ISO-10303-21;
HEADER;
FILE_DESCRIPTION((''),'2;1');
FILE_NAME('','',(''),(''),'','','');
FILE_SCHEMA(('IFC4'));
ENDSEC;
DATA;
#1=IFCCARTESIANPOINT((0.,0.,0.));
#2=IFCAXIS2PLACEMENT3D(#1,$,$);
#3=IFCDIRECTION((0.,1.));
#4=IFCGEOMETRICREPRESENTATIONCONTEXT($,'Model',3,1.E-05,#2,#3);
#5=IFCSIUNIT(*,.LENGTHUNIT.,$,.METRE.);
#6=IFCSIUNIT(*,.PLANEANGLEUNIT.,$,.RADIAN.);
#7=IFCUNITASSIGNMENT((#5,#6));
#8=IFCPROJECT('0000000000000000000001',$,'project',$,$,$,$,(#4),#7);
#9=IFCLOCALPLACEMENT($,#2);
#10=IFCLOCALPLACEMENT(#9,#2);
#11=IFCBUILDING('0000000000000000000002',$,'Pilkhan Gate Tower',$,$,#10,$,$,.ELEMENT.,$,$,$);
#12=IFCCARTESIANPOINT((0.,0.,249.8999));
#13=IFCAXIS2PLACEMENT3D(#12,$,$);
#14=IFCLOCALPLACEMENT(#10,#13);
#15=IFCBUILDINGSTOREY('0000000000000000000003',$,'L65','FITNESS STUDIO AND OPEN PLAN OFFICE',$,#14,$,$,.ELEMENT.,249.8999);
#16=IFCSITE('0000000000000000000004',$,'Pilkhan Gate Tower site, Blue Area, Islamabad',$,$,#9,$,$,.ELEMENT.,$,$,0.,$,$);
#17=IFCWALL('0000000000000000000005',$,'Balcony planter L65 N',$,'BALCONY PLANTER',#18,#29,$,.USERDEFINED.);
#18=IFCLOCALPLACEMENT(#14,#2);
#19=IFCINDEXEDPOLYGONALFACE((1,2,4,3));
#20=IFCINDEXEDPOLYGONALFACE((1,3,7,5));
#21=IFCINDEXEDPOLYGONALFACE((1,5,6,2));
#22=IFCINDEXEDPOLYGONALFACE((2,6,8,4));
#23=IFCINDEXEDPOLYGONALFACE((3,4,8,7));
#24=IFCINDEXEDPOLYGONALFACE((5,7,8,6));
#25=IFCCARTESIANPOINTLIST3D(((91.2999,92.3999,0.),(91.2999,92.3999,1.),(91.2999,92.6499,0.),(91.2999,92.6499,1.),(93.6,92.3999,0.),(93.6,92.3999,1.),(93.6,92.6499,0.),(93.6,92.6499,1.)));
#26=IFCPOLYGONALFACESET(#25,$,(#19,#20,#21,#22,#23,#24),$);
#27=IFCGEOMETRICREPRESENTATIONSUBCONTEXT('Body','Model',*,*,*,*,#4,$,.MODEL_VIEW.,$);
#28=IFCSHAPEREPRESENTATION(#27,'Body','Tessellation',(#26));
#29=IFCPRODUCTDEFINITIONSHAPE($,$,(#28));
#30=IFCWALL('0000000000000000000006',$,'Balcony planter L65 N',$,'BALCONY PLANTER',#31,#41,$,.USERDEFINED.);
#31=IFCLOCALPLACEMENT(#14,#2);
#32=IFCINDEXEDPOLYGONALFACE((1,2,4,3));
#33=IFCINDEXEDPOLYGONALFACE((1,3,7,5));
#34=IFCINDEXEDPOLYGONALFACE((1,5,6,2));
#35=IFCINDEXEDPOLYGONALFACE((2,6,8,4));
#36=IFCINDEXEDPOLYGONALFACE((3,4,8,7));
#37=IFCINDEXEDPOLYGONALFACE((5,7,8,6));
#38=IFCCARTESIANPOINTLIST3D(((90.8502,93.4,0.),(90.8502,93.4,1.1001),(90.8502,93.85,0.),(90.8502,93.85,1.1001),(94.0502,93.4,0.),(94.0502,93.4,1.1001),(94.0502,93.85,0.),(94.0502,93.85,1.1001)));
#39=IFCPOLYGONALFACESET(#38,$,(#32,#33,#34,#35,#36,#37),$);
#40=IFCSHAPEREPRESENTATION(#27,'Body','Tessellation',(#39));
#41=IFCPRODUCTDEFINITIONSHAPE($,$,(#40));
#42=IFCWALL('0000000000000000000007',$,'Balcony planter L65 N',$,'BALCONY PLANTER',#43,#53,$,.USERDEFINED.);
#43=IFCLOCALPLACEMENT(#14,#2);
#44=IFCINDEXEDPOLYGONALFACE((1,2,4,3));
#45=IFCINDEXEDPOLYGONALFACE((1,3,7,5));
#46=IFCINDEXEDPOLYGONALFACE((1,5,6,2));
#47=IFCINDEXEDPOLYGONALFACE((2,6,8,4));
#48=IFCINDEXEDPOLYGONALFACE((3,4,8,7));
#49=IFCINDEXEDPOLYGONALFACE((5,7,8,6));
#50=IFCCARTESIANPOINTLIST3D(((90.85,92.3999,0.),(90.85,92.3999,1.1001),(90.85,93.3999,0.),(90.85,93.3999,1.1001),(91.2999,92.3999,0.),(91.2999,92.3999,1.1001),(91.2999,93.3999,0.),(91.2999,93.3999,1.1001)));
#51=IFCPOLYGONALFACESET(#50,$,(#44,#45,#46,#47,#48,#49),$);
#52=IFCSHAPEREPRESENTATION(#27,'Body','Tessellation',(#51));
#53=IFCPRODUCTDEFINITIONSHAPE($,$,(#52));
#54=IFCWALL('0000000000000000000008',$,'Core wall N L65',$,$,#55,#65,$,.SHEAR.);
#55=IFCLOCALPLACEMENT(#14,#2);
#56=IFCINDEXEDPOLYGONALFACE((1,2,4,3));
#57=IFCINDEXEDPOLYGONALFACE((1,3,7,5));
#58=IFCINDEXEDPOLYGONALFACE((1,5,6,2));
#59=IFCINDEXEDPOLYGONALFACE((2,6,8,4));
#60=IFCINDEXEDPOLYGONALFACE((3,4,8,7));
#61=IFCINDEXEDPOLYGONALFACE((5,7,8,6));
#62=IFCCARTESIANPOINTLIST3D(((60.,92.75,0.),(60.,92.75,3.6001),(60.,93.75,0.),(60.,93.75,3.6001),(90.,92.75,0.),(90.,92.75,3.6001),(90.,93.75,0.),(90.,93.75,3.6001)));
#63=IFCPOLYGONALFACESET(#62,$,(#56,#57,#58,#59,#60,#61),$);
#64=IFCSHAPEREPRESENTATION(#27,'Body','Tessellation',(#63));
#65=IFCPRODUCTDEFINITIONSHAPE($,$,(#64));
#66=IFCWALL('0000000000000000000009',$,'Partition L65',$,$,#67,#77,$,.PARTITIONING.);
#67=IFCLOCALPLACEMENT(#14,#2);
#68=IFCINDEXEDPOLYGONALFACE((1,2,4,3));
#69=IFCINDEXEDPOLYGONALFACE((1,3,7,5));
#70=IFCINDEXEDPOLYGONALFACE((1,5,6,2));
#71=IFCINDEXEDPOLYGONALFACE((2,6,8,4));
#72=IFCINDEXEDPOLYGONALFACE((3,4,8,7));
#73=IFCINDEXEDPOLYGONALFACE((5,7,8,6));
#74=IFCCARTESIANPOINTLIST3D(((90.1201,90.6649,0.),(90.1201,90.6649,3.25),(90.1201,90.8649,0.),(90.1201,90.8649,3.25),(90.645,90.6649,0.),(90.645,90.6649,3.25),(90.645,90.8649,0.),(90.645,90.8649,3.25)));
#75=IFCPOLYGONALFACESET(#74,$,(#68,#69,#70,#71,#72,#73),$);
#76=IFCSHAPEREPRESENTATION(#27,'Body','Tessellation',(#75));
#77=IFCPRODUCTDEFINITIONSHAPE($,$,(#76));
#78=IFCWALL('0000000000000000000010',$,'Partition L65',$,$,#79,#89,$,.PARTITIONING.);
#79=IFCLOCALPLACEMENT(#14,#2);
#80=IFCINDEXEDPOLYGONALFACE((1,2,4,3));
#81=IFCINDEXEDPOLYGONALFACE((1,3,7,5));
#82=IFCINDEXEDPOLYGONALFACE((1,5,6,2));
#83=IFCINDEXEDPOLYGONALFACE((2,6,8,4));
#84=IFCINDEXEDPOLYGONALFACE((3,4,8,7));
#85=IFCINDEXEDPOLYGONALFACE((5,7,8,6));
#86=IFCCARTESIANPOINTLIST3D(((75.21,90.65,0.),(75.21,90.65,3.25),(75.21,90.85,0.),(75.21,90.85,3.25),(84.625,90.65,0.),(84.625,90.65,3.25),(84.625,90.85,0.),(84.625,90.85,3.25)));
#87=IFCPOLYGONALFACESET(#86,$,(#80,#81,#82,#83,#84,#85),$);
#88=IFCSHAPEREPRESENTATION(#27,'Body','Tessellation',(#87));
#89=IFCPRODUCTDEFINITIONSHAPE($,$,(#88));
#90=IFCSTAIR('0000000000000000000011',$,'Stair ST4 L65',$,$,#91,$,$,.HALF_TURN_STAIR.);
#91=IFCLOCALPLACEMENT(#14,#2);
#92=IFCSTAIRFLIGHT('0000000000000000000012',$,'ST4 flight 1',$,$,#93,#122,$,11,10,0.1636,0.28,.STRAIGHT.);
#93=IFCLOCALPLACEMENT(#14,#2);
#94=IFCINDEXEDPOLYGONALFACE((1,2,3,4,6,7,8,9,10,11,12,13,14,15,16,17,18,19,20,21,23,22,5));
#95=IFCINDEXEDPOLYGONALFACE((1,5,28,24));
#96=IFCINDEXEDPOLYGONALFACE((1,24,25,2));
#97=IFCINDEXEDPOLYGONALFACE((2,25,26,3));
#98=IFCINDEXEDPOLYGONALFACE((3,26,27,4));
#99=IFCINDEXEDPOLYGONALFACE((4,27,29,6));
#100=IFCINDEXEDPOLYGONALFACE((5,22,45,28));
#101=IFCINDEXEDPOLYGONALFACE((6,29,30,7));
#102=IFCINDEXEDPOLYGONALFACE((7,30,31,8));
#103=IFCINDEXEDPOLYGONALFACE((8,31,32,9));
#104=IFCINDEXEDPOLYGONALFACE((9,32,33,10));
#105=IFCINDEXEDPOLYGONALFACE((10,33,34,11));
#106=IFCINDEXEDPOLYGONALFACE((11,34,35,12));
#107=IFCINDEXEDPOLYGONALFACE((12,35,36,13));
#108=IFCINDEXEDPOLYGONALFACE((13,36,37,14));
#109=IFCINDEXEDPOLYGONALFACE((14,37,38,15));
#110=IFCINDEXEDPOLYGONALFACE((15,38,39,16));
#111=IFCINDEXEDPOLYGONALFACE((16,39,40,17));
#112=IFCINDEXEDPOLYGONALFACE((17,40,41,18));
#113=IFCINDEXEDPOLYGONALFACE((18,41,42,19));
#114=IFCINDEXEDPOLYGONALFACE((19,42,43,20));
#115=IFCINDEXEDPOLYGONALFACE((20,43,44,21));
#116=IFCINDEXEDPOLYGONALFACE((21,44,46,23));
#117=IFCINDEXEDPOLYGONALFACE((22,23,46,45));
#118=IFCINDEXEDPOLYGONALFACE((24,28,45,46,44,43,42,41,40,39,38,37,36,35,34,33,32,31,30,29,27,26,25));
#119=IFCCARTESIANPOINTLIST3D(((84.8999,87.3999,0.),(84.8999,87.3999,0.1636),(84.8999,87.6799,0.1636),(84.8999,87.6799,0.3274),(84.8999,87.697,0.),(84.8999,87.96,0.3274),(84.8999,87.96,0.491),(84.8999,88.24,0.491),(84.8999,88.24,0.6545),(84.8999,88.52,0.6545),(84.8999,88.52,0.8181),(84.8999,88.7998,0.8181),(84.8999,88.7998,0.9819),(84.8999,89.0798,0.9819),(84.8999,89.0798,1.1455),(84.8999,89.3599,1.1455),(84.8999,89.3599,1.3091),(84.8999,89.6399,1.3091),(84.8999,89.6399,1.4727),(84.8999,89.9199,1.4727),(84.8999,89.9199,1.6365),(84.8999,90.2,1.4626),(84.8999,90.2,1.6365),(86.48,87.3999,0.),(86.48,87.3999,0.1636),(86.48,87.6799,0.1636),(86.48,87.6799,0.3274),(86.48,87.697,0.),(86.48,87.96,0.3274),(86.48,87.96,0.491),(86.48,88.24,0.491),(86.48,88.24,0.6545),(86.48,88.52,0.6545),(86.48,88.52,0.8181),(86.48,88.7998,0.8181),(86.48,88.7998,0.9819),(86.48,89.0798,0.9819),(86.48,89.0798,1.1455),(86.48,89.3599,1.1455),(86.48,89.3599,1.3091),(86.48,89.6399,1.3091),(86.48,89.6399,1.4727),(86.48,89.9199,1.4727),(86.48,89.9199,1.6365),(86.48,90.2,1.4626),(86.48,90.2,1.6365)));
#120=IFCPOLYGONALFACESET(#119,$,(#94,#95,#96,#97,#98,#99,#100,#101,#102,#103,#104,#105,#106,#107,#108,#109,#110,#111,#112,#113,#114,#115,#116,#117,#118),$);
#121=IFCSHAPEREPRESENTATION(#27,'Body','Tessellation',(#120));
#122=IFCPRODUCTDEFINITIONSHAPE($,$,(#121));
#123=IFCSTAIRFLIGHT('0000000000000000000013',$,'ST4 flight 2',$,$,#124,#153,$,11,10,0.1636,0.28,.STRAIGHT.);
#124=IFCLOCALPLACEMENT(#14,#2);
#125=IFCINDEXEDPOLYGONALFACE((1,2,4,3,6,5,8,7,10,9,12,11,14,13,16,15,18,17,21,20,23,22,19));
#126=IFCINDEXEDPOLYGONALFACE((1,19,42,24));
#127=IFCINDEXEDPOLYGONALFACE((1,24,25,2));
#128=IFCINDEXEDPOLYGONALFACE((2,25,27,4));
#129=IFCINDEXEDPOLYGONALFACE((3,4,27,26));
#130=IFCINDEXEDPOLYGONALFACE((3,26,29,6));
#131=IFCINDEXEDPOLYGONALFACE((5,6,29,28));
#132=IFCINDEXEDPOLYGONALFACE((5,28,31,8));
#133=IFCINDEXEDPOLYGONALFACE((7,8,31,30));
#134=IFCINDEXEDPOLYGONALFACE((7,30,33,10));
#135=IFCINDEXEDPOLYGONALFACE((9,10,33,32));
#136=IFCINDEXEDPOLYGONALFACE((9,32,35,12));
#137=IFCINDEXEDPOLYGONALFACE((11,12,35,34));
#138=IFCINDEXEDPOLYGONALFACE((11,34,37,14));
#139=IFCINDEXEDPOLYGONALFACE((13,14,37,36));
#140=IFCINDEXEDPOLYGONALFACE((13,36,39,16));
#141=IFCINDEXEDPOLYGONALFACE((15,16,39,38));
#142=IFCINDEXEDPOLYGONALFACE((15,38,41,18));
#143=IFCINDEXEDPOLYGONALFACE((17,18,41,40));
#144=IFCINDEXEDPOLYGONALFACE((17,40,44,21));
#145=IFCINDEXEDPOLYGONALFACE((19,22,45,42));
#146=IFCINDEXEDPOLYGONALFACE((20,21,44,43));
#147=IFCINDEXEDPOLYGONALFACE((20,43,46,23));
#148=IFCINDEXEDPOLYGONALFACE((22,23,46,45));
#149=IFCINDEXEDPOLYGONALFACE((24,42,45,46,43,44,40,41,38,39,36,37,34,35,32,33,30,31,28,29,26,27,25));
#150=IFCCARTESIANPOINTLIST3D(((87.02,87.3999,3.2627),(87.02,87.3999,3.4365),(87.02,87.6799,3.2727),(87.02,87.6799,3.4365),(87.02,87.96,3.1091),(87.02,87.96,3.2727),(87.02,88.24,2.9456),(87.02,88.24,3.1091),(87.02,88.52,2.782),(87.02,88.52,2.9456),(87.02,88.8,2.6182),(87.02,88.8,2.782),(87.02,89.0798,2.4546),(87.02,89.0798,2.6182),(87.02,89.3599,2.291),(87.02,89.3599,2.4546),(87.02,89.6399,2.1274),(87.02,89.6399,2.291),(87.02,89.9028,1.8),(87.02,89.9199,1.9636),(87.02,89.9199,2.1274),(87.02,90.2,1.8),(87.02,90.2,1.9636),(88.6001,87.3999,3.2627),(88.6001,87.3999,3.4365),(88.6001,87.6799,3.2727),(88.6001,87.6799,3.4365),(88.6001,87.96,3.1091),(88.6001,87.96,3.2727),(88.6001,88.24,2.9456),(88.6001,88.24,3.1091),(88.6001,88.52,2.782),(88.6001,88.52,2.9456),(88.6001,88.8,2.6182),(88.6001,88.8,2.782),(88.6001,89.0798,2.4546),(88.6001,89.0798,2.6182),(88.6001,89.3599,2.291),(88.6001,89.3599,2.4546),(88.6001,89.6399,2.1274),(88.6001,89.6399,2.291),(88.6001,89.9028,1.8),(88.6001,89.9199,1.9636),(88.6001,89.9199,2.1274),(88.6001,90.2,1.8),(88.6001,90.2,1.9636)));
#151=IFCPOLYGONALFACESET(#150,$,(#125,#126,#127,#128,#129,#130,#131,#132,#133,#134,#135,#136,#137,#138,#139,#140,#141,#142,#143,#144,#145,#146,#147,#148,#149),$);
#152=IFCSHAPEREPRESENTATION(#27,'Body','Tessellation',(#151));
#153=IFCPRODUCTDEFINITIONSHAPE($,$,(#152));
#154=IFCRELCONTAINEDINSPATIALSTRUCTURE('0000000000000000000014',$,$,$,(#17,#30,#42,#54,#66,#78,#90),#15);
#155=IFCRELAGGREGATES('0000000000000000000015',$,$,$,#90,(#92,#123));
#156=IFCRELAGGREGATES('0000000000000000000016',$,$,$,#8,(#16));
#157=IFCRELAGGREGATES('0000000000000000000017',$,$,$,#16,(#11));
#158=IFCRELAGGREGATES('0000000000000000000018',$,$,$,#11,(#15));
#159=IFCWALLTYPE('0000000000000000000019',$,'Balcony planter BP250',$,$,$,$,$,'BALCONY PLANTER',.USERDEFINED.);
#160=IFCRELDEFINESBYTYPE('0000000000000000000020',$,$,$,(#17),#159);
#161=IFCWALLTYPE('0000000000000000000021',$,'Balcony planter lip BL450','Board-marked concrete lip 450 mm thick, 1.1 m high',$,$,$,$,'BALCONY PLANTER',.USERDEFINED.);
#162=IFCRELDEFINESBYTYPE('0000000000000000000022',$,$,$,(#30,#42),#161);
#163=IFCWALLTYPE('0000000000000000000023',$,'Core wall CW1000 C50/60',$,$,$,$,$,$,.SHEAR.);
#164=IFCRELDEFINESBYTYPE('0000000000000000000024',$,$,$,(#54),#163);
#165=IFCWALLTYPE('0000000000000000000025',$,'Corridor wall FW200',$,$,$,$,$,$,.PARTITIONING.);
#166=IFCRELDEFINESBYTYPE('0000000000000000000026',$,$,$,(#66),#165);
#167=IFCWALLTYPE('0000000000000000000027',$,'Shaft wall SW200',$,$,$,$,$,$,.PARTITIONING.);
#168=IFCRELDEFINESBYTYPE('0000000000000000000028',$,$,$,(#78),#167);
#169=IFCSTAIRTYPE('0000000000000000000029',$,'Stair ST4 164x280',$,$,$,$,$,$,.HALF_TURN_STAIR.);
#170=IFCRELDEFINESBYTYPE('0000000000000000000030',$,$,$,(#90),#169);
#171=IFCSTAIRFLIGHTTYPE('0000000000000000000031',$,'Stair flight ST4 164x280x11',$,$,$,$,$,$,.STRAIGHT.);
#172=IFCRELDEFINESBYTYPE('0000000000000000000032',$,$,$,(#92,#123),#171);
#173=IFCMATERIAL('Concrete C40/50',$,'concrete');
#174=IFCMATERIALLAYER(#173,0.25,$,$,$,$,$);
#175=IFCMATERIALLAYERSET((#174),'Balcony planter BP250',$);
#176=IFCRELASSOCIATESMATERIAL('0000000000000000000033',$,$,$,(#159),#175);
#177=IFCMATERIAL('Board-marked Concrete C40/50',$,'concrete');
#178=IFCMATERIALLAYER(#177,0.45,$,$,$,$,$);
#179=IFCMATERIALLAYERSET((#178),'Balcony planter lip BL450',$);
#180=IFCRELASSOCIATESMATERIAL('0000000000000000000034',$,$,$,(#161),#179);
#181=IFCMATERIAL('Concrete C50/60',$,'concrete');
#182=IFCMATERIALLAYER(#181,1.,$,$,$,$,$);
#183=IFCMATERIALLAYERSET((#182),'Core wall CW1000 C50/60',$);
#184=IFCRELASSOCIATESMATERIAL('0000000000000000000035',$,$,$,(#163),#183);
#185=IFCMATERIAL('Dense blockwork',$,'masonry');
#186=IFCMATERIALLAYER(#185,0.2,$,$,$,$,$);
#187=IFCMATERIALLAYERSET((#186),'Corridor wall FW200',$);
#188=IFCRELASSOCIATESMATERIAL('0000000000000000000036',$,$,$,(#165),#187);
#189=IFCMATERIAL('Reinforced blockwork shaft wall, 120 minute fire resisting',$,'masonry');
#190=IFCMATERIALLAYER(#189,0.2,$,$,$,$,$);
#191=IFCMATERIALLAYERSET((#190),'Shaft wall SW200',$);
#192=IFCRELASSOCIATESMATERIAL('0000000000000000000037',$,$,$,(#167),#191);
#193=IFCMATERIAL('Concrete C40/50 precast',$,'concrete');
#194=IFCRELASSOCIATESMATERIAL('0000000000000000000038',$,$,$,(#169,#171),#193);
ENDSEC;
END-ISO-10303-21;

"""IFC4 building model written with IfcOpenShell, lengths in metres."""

from ifc_helpers import new_model, si_unit, direction, frame, frame_2d, origin, place, context, subcontext, project, spatial, polyline, rectangle, outline, extrude, material, layer, layer_set, type_object, element, aggregate, save


model = new_model("IFC4")

# Units and contexts
model_context = context("Model", 3, precision=1e-05, world=origin(), true_north=direction((0.0, 1.0)))
body_context = subcontext(model_context, "Body", "Model", "MODEL_VIEW")
ifc_project = project(units=[si_unit("LENGTHUNIT", "METRE"), si_unit("PLANEANGLEUNIT", "RADIAN")], contexts=[model_context])

# Site, building, storey
site_placement = place(None, origin())
site = spatial("IfcSite", under=ifc_project, at=site_placement, Name="Pilkhan Gate Tower site, Blue Area, Islamabad", CompositionType="ELEMENT", RefElevation=0.0)
building_placement = place(site_placement, origin())
building = spatial("IfcBuilding", under=site, at=building_placement, Name="Pilkhan Gate Tower", CompositionType="ELEMENT")
storey_placement = place(building_placement, frame((0.0, 0.0, 249.8999)))
storey = spatial("IfcBuildingStorey", under=building, at=storey_placement, Name="L65", Description="FITNESS STUDIO AND OPEN PLAN OFFICE", CompositionType="ELEMENT", Elevation=249.8999)

# Shared definitions
ifc_material_1 = material(Name="Concrete C50/60", Category="concrete")

# Walls
ifc_material_2 = material(Name="Concrete C40/50", Category="concrete")
ifc_layer_1 = layer(ifc_material_2, 0.25)
ifc_layer_set_1 = layer_set([ifc_layer_1], Name="Balcony planter BP250")
wall_type_1 = type_object("IfcWallType", Name="Balcony planter BP250", ElementType="BALCONY PLANTER", PredefinedType="USERDEFINED", material=ifc_layer_set_1)
wall_1_placement = place(storey_placement, frame((91.3, 92.5249, 0.0), z_axis=(0.0, 0.0, 1.0), x_axis=(1.0, 0.0, 0.0)))
element("IfcWall", 1, at=wall_1_placement, inside=storey, type_object=wall_type_1, Name="Balcony planter L65 N", ObjectType="BALCONY PLANTER", PredefinedType="USERDEFINED", context=body_context, shape_type="SweptSolid", body=[
    extrude(rectangle(XDim=2.3, YDim=0.25, at=frame_2d((1.1499, 0.0))), origin(), (0.0, 0.0, 1.0), 1.0),
])
ifc_material_3 = material(Name="Board-marked Concrete C40/50", Category="concrete")
ifc_layer_2 = layer(ifc_material_3, 0.45)
ifc_layer_set_2 = layer_set([ifc_layer_2], Name="Balcony planter lip BL450")
wall_type_2 = type_object("IfcWallType", Name="Balcony planter lip BL450", Description="Board-marked concrete lip 450 mm thick, 1.1 m high", ElementType="BALCONY PLANTER", PredefinedType="USERDEFINED", material=ifc_layer_set_2)
wall_2_placement = place(storey_placement, frame((90.8501, 93.625, 0.0), z_axis=(0.0, 0.0, 1.0), x_axis=(1.0, 0.0, 0.0)))
element("IfcWall", 2, at=wall_2_placement, inside=storey, type_object=wall_type_2, Name="Balcony planter L65 N", ObjectType="BALCONY PLANTER", PredefinedType="USERDEFINED", context=body_context, shape_type="SweptSolid", body=[
    extrude(rectangle(XDim=3.2, YDim=0.45, at=frame_2d((1.6001, 0.0))), origin(), (0.0, 0.0, 1.0), 1.1001),
])
wall_3_placement = place(storey_placement, frame((91.075, 92.3999, 0.0), z_axis=(0.0, 0.0, 1.0), x_axis=(0.0, 1.0, 0.0)))
element("IfcWall", 3, at=wall_3_placement, inside=storey, type_object=wall_type_2, Name="Balcony planter L65 N", ObjectType="BALCONY PLANTER", PredefinedType="USERDEFINED", context=body_context, shape_type="SweptSolid", body=[
    extrude(rectangle(XDim=1.0, YDim=0.45, at=frame_2d((0.5, 0.0))), origin(), (0.0, 0.0, 1.0), 1.1001),
])
ifc_layer_3 = layer(ifc_material_1, 1.0)
ifc_layer_set_3 = layer_set([ifc_layer_3], Name="Core wall CW1000 C50/60")
wall_type_3 = type_object("IfcWallType", Name="Core wall CW1000 C50/60", PredefinedType="SHEAR", material=ifc_layer_set_3)
wall_4_placement = place(storey_placement, frame((90.0, 93.25, 0.0), z_axis=(0.0, 0.0, 1.0), x_axis=(-1.0, 0.0, 0.0)))
element("IfcWall", 4, at=wall_4_placement, inside=storey, type_object=wall_type_3, Name="Core wall N L65", PredefinedType="SHEAR", context=body_context, shape_type="SweptSolid", body=[
    extrude(rectangle(XDim=30.0, YDim=1.0, at=frame_2d((15.0, 0.0))), origin(), (0.0, 0.0, 1.0), 3.6001),
])
ifc_material_4 = material(Name="Dense blockwork", Category="masonry")
ifc_layer_4 = layer(ifc_material_4, 0.2)
ifc_layer_set_4 = layer_set([ifc_layer_4], Name="Corridor wall FW200")
wall_type_4 = type_object("IfcWallType", Name="Corridor wall FW200", PredefinedType="PARTITIONING", material=ifc_layer_set_4)
wall_5_placement = place(storey_placement, frame((90.1201, 90.7649, 0.0), z_axis=(0.0, 0.0, 1.0), x_axis=(1.0, 0.0, 0.0)))
element("IfcWall", 5, at=wall_5_placement, inside=storey, type_object=wall_type_4, Name="Partition L65", PredefinedType="PARTITIONING", context=body_context, shape_type="SweptSolid", body=[
    extrude(rectangle(XDim=0.5249, YDim=0.2, at=frame_2d((0.2625, 0.0))), origin(), (0.0, 0.0, 1.0), 3.25),
])

# Wall
ifc_material_5 = material(Name="Reinforced blockwork shaft wall, 120 minute fire resisting", Category="masonry")
ifc_layer_5 = layer(ifc_material_5, 0.2)
ifc_layer_set_5 = layer_set([ifc_layer_5], Name="Shaft wall SW200")
wall_type_5 = type_object("IfcWallType", Name="Shaft wall SW200", PredefinedType="PARTITIONING", material=ifc_layer_set_5)
wall_6_placement = place(storey_placement, frame((75.21, 90.75, 0.0), z_axis=(0.0, 0.0, 1.0), x_axis=(1.0, 0.0, 0.0)))
element("IfcWall", 6, at=wall_6_placement, inside=storey, type_object=wall_type_5, Name="Partition L65", PredefinedType="PARTITIONING", context=body_context, shape_type="SweptSolid", body=[
    extrude(rectangle(XDim=9.415, YDim=0.2, at=frame_2d((4.7075, 0.0))), origin(), (0.0, 0.0, 1.0), 3.25),
])

# Stair, stair flights
ifc_material_6 = material(Name="Concrete C40/50 precast", Category="concrete")
stair_type = type_object("IfcStairType", Name="Stair ST4 164x280", PredefinedType="HALF_TURN_STAIR", material=ifc_material_6)
stair_placement = place(storey_placement, origin())
stair = element("IfcStair", 7, at=stair_placement, inside=storey, type_object=stair_type, Name="Stair ST4 L65", PredefinedType="HALF_TURN_STAIR")
stair_flight_type = type_object("IfcStairFlightType", Name="Stair flight ST4 164x280x11", PredefinedType="STRAIGHT", material=ifc_material_6)
stair_flight_1_placement = place(storey_placement, frame((85.6899, 87.3999, 0.0), z_axis=(0.0, 0.0, 1.0), x_axis=(0.0, 1.0, 0.0)))
stair_flight_1 = element("IfcStairFlight", 8, at=stair_flight_1_placement, type_object=stair_flight_type, Name="ST4 flight 1", NumberOfRisers=11, NumberOfTreads=10, PredefinedType="STRAIGHT", RiserHeight=0.1636, TreadLength=0.28, context=body_context, shape_type="SweptSolid", body=[
    extrude(outline(polyline([(0.0, 0.0), (0.0, 0.1636), (0.28, 0.1636), (0.28, 0.3274), (0.5601, 0.3274), (0.5601, 0.491), (0.8401, 0.491), (0.8401, 0.6545), (1.1201, 0.6545), (1.1201, 0.8181), (1.3999, 0.8181), (1.3999, 0.9819), (1.6799, 0.9819), (1.6799, 1.1455), (1.96, 1.1455), (1.96, 1.3091), (2.24, 1.3091), (2.24, 1.4727), (2.52, 1.4727), (2.52, 1.6365), (2.8, 1.6365), (2.8, 1.8), (2.8, 1.4626), (0.2971, 0.0), (0.0, 0.0)])), frame((0.0, 0.79, 0.0), z_axis=(0.0, -1.0, 0.0), x_axis=(1.0, 0.0, 0.0)), (0.0, 0.0, 1.0), 1.5801),
])
stair_flight_2_placement = place(storey_placement, frame((87.8101, 90.2, 1.8), z_axis=(0.0, 0.0, 1.0), x_axis=(0.0, -1.0, 0.0)))
stair_flight_2 = element("IfcStairFlight", 9, at=stair_flight_2_placement, type_object=stair_flight_type, Name="ST4 flight 2", NumberOfRisers=11, NumberOfTreads=10, PredefinedType="STRAIGHT", RiserHeight=0.1636, TreadLength=0.28, context=body_context, shape_type="SweptSolid", body=[
    extrude(outline(polyline([(0.0, 0.0), (0.0, 0.1636), (0.28, 0.1636), (0.28, 0.3274), (0.5601, 0.3274), (0.5601, 0.491), (0.8401, 0.491), (0.8401, 0.6545), (1.1201, 0.6545), (1.1201, 0.8181), (1.3999, 0.8181), (1.3999, 0.9819), (1.6799, 0.9819), (1.6799, 1.1455), (1.96, 1.1455), (1.96, 1.3091), (2.24, 1.3091), (2.24, 1.4727), (2.52, 1.4727), (2.52, 1.6365), (2.8, 1.6365), (2.8, 1.8), (2.8, 1.4626), (0.2971, 0.0), (0.0, 0.0)])), frame((0.0, 0.79, 0.0), z_axis=(0.0, -1.0, 0.0), x_axis=(1.0, 0.0, 0.0)), (0.0, 0.0, 1.0), 1.5801),
])
aggregate(stair, [stair_flight_1, stair_flight_2])

save(model, "model.ifc")
